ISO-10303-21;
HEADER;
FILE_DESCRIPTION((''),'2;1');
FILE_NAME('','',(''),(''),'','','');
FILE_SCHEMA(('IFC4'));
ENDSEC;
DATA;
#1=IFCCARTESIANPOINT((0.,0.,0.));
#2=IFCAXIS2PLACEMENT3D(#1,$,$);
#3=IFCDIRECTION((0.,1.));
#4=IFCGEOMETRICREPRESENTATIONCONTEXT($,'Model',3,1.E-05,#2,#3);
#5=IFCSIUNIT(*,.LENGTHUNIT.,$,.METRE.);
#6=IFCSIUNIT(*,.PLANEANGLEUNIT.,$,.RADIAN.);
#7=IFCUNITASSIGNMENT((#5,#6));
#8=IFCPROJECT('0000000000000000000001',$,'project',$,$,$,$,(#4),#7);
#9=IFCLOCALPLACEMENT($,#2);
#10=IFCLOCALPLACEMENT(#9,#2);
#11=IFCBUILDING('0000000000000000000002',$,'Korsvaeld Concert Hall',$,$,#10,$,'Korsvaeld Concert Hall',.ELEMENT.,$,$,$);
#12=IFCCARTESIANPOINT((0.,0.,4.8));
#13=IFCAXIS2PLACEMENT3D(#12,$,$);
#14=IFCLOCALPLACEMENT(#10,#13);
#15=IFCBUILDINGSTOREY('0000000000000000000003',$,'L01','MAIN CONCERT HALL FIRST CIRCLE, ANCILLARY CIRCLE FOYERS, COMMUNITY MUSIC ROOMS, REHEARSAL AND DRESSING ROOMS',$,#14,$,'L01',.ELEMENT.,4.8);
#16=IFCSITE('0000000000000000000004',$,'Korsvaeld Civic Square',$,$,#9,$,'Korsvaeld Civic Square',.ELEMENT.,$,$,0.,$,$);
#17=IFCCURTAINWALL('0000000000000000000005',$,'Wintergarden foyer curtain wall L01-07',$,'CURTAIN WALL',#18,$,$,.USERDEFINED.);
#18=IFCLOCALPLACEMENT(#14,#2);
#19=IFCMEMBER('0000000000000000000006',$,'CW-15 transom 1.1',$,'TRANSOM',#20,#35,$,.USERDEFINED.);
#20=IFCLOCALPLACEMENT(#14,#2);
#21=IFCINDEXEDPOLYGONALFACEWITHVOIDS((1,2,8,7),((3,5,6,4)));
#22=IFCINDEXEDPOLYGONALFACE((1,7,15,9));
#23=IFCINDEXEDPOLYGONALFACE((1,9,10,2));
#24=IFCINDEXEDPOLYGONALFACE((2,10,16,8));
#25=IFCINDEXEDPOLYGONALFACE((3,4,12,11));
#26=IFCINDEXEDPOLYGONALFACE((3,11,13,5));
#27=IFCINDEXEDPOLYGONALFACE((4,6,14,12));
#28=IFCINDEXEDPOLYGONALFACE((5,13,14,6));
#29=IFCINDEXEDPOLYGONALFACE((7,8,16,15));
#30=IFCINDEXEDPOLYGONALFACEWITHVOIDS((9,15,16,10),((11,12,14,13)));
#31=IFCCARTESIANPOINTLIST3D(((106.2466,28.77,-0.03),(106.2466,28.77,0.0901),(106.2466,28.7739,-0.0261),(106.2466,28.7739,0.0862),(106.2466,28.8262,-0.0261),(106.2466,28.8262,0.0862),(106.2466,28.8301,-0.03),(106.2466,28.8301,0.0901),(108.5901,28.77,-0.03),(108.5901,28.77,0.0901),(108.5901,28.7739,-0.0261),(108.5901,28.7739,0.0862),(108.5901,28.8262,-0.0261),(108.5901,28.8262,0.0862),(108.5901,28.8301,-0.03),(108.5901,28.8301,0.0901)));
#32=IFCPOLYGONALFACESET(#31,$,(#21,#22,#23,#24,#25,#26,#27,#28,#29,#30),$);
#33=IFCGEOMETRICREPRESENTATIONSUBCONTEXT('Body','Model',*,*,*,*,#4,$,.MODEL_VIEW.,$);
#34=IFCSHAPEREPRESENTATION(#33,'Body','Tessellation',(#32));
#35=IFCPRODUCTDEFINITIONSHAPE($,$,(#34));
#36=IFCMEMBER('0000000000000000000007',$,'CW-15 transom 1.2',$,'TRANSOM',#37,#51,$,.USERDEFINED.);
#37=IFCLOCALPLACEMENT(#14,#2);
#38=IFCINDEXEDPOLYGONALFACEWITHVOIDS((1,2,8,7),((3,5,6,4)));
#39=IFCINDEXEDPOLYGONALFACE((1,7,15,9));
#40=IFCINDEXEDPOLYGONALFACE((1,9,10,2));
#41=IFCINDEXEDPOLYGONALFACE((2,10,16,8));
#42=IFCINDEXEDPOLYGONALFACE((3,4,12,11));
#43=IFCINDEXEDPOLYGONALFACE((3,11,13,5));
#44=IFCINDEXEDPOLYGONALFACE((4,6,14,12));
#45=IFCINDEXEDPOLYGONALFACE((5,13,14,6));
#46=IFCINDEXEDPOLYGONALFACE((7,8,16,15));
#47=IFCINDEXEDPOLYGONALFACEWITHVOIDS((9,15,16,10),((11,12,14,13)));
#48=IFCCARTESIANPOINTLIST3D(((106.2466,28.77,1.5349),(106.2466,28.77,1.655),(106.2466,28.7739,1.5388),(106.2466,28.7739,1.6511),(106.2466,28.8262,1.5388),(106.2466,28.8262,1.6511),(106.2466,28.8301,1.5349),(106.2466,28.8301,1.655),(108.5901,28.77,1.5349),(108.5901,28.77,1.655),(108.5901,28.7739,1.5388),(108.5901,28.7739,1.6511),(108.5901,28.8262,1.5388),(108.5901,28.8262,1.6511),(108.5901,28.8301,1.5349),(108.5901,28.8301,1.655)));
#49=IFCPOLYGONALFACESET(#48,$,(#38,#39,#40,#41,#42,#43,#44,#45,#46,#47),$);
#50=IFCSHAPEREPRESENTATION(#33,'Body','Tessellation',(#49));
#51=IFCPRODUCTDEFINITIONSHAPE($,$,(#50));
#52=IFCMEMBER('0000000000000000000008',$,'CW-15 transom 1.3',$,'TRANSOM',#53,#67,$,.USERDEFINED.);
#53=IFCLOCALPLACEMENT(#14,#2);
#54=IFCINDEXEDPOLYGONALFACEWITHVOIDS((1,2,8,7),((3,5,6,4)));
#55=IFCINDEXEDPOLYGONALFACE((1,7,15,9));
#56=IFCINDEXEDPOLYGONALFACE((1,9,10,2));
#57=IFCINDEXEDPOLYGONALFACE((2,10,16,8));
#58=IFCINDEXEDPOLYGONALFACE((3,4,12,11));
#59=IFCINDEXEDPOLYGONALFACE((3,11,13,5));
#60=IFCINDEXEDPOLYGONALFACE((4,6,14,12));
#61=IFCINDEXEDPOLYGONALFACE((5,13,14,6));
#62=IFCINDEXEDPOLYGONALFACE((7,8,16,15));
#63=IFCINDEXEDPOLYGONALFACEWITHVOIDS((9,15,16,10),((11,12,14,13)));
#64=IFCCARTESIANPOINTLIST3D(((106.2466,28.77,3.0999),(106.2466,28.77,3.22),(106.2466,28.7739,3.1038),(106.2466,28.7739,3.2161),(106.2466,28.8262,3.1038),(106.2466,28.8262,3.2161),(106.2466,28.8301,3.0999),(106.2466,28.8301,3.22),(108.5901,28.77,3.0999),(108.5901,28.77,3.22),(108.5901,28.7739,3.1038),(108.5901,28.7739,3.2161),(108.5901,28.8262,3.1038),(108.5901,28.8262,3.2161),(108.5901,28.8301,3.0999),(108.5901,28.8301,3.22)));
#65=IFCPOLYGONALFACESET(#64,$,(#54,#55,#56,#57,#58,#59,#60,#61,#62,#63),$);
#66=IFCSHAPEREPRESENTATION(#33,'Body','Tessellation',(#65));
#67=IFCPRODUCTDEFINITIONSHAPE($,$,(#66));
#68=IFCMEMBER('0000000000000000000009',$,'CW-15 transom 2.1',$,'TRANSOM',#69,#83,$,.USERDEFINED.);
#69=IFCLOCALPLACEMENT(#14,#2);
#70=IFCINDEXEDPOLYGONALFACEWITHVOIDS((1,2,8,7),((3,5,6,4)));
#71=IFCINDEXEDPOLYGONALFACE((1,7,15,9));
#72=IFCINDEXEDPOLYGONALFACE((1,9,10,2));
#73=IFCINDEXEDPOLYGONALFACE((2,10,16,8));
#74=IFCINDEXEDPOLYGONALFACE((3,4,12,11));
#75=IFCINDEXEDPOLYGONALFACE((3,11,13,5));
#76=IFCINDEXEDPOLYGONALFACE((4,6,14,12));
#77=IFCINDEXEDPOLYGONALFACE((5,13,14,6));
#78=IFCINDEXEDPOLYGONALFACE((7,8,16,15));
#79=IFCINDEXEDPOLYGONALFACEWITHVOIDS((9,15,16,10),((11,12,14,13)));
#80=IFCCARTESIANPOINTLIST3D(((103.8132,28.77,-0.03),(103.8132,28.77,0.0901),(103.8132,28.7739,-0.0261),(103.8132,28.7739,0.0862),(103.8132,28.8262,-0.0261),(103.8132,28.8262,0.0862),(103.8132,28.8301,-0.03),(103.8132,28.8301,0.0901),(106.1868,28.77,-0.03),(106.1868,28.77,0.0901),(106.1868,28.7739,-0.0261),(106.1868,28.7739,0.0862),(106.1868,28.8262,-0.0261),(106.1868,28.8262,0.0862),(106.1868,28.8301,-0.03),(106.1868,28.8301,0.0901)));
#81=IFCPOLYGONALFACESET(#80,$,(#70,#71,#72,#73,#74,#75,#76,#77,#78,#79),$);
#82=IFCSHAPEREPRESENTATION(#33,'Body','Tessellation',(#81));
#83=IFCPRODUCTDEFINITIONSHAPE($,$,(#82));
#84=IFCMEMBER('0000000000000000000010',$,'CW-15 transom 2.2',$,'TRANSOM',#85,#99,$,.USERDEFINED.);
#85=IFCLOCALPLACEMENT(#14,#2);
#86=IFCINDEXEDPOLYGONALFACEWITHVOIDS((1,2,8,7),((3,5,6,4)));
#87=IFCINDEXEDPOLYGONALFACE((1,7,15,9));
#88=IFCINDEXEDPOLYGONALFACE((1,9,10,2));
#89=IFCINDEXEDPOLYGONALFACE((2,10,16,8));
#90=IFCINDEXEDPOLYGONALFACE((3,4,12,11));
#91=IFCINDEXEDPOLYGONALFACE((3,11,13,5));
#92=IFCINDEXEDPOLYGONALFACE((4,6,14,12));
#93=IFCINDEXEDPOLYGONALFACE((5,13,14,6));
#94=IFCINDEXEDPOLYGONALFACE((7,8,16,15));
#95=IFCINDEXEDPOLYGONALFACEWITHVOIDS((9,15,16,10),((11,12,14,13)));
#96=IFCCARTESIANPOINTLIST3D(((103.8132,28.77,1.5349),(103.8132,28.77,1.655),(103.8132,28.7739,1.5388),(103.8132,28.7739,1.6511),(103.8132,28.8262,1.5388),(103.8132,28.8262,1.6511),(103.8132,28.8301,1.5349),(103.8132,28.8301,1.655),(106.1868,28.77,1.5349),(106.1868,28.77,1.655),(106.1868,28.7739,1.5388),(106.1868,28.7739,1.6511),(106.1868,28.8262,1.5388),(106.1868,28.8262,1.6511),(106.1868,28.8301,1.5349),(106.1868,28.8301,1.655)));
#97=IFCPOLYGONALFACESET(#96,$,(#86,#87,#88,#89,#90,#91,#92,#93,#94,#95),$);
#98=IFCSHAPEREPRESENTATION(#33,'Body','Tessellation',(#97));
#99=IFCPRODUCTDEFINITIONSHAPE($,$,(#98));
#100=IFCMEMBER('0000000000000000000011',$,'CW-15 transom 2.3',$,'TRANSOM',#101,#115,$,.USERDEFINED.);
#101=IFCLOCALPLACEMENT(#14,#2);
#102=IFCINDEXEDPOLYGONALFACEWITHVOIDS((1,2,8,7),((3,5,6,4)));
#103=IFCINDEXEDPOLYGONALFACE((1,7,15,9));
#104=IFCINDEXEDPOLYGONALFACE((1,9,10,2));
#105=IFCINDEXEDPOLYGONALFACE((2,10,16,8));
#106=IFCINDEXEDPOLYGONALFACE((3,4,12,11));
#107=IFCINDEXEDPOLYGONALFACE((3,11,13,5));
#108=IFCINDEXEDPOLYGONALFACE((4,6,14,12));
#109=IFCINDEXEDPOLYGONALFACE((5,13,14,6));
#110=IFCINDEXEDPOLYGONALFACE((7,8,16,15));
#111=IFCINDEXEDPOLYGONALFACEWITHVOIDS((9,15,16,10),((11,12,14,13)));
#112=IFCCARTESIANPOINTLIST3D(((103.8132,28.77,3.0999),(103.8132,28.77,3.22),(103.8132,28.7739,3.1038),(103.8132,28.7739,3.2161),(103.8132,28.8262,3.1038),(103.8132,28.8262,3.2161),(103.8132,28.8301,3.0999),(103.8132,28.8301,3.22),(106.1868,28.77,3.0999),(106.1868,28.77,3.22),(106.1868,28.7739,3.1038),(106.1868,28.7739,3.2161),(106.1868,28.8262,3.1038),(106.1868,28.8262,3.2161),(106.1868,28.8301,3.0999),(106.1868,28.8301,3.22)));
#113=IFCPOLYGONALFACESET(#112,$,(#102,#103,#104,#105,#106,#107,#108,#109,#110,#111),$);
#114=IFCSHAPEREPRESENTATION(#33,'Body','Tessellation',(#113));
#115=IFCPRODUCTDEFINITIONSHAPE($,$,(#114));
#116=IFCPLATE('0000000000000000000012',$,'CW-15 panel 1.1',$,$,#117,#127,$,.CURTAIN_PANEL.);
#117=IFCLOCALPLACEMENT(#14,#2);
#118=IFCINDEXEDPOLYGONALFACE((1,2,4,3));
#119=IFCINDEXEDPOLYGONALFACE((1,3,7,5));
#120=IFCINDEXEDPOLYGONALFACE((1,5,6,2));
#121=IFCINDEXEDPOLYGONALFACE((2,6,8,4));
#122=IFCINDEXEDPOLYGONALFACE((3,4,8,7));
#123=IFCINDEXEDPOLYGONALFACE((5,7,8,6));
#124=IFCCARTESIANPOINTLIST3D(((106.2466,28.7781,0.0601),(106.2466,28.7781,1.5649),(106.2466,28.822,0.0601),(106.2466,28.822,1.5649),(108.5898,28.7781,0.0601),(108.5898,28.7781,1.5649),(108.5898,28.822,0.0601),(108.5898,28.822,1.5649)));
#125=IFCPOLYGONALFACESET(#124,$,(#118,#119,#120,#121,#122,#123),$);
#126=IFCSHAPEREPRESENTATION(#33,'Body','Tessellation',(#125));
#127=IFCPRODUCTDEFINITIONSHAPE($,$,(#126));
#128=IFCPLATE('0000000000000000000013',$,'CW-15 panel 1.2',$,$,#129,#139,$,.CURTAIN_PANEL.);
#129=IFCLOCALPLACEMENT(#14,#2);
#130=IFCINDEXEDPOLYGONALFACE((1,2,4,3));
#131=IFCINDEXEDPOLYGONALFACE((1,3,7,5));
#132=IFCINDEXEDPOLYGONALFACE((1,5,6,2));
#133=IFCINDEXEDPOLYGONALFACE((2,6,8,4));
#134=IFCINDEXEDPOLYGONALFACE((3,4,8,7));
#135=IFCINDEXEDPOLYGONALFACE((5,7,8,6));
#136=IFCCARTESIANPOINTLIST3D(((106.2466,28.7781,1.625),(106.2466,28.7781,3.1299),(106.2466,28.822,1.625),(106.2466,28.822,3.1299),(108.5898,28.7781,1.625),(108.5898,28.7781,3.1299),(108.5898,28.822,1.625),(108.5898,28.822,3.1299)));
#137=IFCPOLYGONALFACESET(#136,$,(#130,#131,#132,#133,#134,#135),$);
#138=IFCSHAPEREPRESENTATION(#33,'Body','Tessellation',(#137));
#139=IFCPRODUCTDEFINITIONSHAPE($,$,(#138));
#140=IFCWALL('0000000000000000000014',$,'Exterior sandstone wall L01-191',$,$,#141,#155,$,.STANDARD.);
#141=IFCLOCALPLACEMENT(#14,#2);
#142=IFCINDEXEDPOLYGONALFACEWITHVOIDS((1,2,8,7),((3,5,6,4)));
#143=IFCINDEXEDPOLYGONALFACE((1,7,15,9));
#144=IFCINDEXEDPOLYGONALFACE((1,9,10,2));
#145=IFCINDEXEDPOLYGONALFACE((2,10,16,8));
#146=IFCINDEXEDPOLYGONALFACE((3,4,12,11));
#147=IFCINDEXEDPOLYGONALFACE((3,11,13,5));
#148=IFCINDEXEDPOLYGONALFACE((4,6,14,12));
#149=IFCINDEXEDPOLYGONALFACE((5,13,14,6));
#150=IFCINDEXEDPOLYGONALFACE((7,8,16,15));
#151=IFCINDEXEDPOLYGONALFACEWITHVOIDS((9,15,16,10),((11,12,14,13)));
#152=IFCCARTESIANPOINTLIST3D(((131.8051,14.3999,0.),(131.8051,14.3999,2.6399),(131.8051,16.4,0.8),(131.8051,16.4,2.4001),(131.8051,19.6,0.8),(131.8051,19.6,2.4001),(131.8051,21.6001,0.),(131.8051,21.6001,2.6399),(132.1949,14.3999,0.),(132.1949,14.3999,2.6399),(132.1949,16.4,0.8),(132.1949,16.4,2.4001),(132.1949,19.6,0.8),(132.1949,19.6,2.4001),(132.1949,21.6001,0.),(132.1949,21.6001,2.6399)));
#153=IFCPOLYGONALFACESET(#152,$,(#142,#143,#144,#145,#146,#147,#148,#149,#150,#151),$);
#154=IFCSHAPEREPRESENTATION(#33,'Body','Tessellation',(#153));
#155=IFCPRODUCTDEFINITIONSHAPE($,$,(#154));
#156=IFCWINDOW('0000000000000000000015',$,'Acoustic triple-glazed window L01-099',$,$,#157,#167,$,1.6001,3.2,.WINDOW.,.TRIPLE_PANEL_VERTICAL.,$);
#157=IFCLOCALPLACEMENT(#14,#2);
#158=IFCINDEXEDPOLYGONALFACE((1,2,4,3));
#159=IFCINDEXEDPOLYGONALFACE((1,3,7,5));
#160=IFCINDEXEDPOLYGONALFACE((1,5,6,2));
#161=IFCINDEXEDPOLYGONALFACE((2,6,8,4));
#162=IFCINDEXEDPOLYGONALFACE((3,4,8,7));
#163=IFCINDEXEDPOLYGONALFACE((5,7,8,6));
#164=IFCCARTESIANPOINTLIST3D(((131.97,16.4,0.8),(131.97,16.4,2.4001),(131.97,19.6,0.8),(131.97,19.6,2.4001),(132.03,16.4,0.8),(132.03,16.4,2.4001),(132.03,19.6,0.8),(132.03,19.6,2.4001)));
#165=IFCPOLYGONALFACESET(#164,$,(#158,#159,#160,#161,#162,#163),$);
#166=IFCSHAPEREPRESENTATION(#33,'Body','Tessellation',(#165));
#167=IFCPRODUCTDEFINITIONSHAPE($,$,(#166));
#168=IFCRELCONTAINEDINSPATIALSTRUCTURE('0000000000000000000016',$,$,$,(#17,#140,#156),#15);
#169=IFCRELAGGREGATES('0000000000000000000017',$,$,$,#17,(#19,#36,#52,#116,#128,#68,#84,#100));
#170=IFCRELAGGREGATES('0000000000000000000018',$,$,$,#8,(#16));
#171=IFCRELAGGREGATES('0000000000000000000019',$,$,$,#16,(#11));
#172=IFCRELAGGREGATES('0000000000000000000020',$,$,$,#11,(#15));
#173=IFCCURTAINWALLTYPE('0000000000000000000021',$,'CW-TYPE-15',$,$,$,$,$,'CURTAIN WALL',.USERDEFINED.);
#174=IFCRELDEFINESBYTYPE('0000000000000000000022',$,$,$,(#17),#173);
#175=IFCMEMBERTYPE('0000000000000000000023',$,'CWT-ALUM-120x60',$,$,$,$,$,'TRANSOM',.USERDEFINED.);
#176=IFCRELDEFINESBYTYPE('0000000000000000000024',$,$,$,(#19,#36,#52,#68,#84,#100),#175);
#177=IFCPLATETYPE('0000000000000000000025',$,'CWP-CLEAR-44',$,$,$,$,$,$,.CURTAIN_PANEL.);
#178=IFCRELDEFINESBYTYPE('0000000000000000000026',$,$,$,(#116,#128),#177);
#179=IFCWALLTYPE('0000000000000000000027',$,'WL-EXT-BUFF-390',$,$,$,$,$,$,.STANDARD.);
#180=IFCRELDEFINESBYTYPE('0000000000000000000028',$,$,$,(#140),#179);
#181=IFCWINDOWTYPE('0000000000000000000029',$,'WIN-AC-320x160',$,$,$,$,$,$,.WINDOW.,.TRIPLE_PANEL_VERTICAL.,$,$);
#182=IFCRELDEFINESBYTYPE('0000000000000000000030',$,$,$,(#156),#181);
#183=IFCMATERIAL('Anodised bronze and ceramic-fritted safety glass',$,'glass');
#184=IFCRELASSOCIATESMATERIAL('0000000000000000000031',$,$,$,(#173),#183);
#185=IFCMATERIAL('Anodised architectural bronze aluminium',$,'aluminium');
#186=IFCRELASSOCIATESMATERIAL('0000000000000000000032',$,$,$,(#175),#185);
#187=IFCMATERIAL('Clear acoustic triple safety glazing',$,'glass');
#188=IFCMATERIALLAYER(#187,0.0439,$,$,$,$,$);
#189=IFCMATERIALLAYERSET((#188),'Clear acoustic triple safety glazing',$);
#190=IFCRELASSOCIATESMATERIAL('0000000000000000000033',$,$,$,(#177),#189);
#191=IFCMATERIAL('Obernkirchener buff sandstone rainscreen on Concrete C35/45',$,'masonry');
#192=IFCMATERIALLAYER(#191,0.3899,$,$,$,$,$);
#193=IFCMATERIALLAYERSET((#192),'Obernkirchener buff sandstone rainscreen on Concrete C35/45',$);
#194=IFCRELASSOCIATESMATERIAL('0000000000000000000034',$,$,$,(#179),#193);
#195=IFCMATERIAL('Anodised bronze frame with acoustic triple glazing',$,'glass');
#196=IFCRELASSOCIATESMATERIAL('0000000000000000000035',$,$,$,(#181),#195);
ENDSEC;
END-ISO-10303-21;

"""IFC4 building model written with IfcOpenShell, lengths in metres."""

from ifc_helpers import new_model, si_unit, direction, frame, frame_2d, origin, origin_2d, place, context, subcontext, project, spatial, rectangle, hollow_rectangle, extrude, material, layer, layer_set, material_profile, profile_set, type_object, element, fill, aggregate, save


model = new_model("IFC4")

# Units and contexts
model_context = context("Model", 3, precision=1e-05, world=origin(), true_north=direction((0.0, 1.0)))
body_context = subcontext(model_context, "Body", "Model", "MODEL_VIEW")
ifc_project = project(units=[si_unit("LENGTHUNIT", "METRE"), si_unit("PLANEANGLEUNIT", "RADIAN")], contexts=[model_context])

# Site, building, storey
site_placement = place(None, origin())
site = spatial("IfcSite", under=ifc_project, at=site_placement, Name="Korsvaeld Civic Square", LongName="Korsvaeld Civic Square", CompositionType="ELEMENT", RefElevation=0.0)
building_placement = place(site_placement, origin())
building = spatial("IfcBuilding", under=site, at=building_placement, Name="Korsvaeld Concert Hall", LongName="Korsvaeld Concert Hall", CompositionType="ELEMENT")
storey_placement = place(building_placement, frame((0.0, 0.0, 4.8)))
storey = spatial("IfcBuildingStorey", under=building, at=storey_placement, Name="L01", Description="MAIN CONCERT HALL FIRST CIRCLE, ANCILLARY CIRCLE FOYERS, COMMUNITY MUSIC ROOMS, REHEARSAL AND DRESSING ROOMS", LongName="L01", CompositionType="ELEMENT", Elevation=4.8)

# Curtain wall, members, plates
ifc_material_1 = material(Name="Anodised bronze and ceramic-fritted safety glass", Category="glass")
curtain_wall_type = type_object("IfcCurtainWallType", Name="CW-TYPE-15", ElementType="CURTAIN WALL", PredefinedType="USERDEFINED", material=ifc_material_1)
curtain_wall_placement = place(storey_placement, origin())
curtain_wall = element("IfcCurtainWall", 1, at=curtain_wall_placement, inside=storey, type_object=curtain_wall_type, Name="Wintergarden foyer curtain wall L01-07", ObjectType="CURTAIN WALL", PredefinedType="USERDEFINED")
ifc_material_2 = material(Name="Anodised architectural bronze aluminium", Category="aluminium")
ifc_material_profile_1 = material_profile(ifc_material_2, hollow_rectangle(XDim=0.0601, YDim=0.1201, WallThickness=0.0039, at=origin_2d()), Name="CWT 120x60x4")
ifc_profile_set_1 = profile_set([ifc_material_profile_1], Name="Anodised architectural bronze aluminium")
member_type_1 = type_object("IfcMemberType", Name="CWT-ALUM-120x60", ElementType="TRANSOM", PredefinedType="USERDEFINED", material=ifc_profile_set_1)
member_1_placement = place(storey_placement, frame((108.5901, 28.8, 0.03), z_axis=(-1.0, 0.0, 0.0), x_axis=(0.0, -1.0, 0.0)))
member_1 = element("IfcMember", 2, at=member_1_placement, type_object=member_type_1, Name="CW-15 transom 1.1", ObjectType="TRANSOM", PredefinedType="USERDEFINED", context=body_context, shape_type="SweptSolid", body=[
    extrude(hollow_rectangle(XDim=0.0601, YDim=0.1201, WallThickness=0.0039, at=origin_2d()), origin(), (0.0, 0.0, 1.0), 2.3435),
])
member_2_placement = place(storey_placement, frame((108.5901, 28.8, 1.595), z_axis=(-1.0, 0.0, 0.0), x_axis=(0.0, -1.0, 0.0)))
member_2 = element("IfcMember", 3, at=member_2_placement, type_object=member_type_1, Name="CW-15 transom 1.2", ObjectType="TRANSOM", PredefinedType="USERDEFINED", context=body_context, shape_type="SweptSolid", body=[
    extrude(hollow_rectangle(XDim=0.0601, YDim=0.1201, WallThickness=0.0039, at=origin_2d()), origin(), (0.0, 0.0, 1.0), 2.3435),
])
member_3_placement = place(storey_placement, frame((108.5901, 28.8, 3.1599), z_axis=(-1.0, 0.0, 0.0), x_axis=(0.0, -1.0, 0.0)))
member_3 = element("IfcMember", 4, at=member_3_placement, type_object=member_type_1, Name="CW-15 transom 1.3", ObjectType="TRANSOM", PredefinedType="USERDEFINED", context=body_context, shape_type="SweptSolid", body=[
    extrude(hollow_rectangle(XDim=0.0601, YDim=0.1201, WallThickness=0.0039, at=origin_2d()), origin(), (0.0, 0.0, 1.0), 2.3435),
])
member_4_placement = place(storey_placement, frame((106.1868, 28.8, 0.03), z_axis=(-1.0, 0.0, 0.0), x_axis=(0.0, -1.0, 0.0)))
member_4 = element("IfcMember", 5, at=member_4_placement, type_object=member_type_1, Name="CW-15 transom 2.1", ObjectType="TRANSOM", PredefinedType="USERDEFINED", context=body_context, shape_type="SweptSolid", body=[
    extrude(hollow_rectangle(XDim=0.0601, YDim=0.1201, WallThickness=0.0039, at=origin_2d()), origin(), (0.0, 0.0, 1.0), 2.3735),
])
member_5_placement = place(storey_placement, frame((106.1868, 28.8, 1.595), z_axis=(-1.0, 0.0, 0.0), x_axis=(0.0, -1.0, 0.0)))
member_5 = element("IfcMember", 6, at=member_5_placement, type_object=member_type_1, Name="CW-15 transom 2.2", ObjectType="TRANSOM", PredefinedType="USERDEFINED", context=body_context, shape_type="SweptSolid", body=[
    extrude(hollow_rectangle(XDim=0.0601, YDim=0.1201, WallThickness=0.0039, at=origin_2d()), origin(), (0.0, 0.0, 1.0), 2.3735),
])
member_6_placement = place(storey_placement, frame((106.1868, 28.8, 3.1599), z_axis=(-1.0, 0.0, 0.0), x_axis=(0.0, -1.0, 0.0)))
member_6 = element("IfcMember", 7, at=member_6_placement, type_object=member_type_1, Name="CW-15 transom 2.3", ObjectType="TRANSOM", PredefinedType="USERDEFINED", context=body_context, shape_type="SweptSolid", body=[
    extrude(hollow_rectangle(XDim=0.0601, YDim=0.1201, WallThickness=0.0039, at=origin_2d()), origin(), (0.0, 0.0, 1.0), 2.3735),
])
ifc_material_3 = material(Name="Clear acoustic triple safety glazing", Category="glass")
ifc_layer_1 = layer(ifc_material_3, 0.0439)
ifc_layer_set_1 = layer_set([ifc_layer_1], Name="Clear acoustic triple safety glazing")
plate_type = type_object("IfcPlateType", Name="CWP-CLEAR-44", PredefinedType="CURTAIN_PANEL", material=ifc_layer_set_1)
plate_1_placement = place(storey_placement, frame((107.4182, 28.8, 0.0601), z_axis=(0.0, 0.0, 1.0), x_axis=(-1.0, 0.0, 0.0)))
plate_1 = element("IfcPlate", 8, at=plate_1_placement, type_object=plate_type, Name="CW-15 panel 1.1", PredefinedType="CURTAIN_PANEL", context=body_context, shape_type="SweptSolid", body=[
    extrude(rectangle(XDim=2.3433, YDim=0.0439, at=origin_2d()), origin(), (0.0, 0.0, 1.0), 1.5049),
])
plate_2_placement = place(storey_placement, frame((107.4182, 28.8, 1.625), z_axis=(0.0, 0.0, 1.0), x_axis=(-1.0, 0.0, 0.0)))
plate_2 = element("IfcPlate", 9, at=plate_2_placement, type_object=plate_type, Name="CW-15 panel 1.2", PredefinedType="CURTAIN_PANEL", context=body_context, shape_type="SweptSolid", body=[
    extrude(rectangle(XDim=2.3433, YDim=0.0439, at=origin_2d()), origin(), (0.0, 0.0, 1.0), 1.5049),
])
aggregate(curtain_wall, [member_1, member_2, member_3, plate_1, plate_2, member_4, member_5, member_6])

# Wall, opening, window
ifc_material_4 = material(Name="Obernkirchener buff sandstone rainscreen on Concrete C35/45", Category="masonry")
ifc_layer_2 = layer(ifc_material_4, 0.3899)
ifc_layer_set_2 = layer_set([ifc_layer_2], Name="Obernkirchener buff sandstone rainscreen on Concrete C35/45")
wall_type_1 = type_object("IfcWallType", Name="WL-EXT-BUFF-390", PredefinedType="STANDARD", material=ifc_layer_set_2)
wall_1_placement = place(storey_placement, frame((132.0, 14.3999, 0.0), z_axis=(0.0, 0.0, 1.0), x_axis=(0.0, 1.0, 0.0)))
wall_1 = element("IfcWall", 10, at=wall_1_placement, inside=storey, type_object=wall_type_1, Name="Exterior sandstone wall L01-191", PredefinedType="STANDARD", context=body_context, shape_type="SweptSolid", body=[
    extrude(rectangle(XDim=7.2002, YDim=0.3899, at=frame_2d((3.6001, 0.0))), origin(), (0.0, 0.0, 1.0), 2.6399),
])
opening_1_placement = place(wall_1_placement, frame((2.0, 0.0, 0.8)))
opening_1 = element("IfcOpeningElement", 11, at=opening_1_placement, cuts=wall_1, PredefinedType="OPENING", context=body_context, shape_type="SweptSolid", body=[
    extrude(rectangle(XDim=3.2, YDim=1.6001, at=frame_2d((1.6001, 0.8))), frame((0.0, 0.2051, 0.0), z_axis=(0.0, -1.0, 0.0), x_axis=(1.0, 0.0, 0.0)), (0.0, 0.0, 1.0), 0.4099),
])
ifc_material_5 = material(Name="Anodised bronze frame with acoustic triple glazing", Category="glass")
window_type_1 = type_object("IfcWindowType", Name="WIN-AC-320x160", PartitioningType="TRIPLE_PANEL_VERTICAL", PredefinedType="WINDOW", material=ifc_material_5)
window_1_placement = place(opening_1_placement, origin())
window_1 = element("IfcWindow", 12, at=window_1_placement, inside=storey, type_object=window_type_1, Name="Acoustic triple-glazed window L01-099", OverallHeight=1.6001, OverallWidth=3.2, PartitioningType="TRIPLE_PANEL_VERTICAL", PredefinedType="WINDOW", context=body_context, shape_type="SweptSolid", body=[
    extrude(rectangle(XDim=3.2, YDim=1.6001, at=frame_2d((1.6001, 0.8))), frame((0.0, 0.03, 0.0), z_axis=(0.0, -1.0, 0.0), x_axis=(1.0, 0.0, 0.0)), (0.0, 0.0, 1.0), 0.0601),
])
fill(opening_1, window_1)

save(model, "model.ifc")
